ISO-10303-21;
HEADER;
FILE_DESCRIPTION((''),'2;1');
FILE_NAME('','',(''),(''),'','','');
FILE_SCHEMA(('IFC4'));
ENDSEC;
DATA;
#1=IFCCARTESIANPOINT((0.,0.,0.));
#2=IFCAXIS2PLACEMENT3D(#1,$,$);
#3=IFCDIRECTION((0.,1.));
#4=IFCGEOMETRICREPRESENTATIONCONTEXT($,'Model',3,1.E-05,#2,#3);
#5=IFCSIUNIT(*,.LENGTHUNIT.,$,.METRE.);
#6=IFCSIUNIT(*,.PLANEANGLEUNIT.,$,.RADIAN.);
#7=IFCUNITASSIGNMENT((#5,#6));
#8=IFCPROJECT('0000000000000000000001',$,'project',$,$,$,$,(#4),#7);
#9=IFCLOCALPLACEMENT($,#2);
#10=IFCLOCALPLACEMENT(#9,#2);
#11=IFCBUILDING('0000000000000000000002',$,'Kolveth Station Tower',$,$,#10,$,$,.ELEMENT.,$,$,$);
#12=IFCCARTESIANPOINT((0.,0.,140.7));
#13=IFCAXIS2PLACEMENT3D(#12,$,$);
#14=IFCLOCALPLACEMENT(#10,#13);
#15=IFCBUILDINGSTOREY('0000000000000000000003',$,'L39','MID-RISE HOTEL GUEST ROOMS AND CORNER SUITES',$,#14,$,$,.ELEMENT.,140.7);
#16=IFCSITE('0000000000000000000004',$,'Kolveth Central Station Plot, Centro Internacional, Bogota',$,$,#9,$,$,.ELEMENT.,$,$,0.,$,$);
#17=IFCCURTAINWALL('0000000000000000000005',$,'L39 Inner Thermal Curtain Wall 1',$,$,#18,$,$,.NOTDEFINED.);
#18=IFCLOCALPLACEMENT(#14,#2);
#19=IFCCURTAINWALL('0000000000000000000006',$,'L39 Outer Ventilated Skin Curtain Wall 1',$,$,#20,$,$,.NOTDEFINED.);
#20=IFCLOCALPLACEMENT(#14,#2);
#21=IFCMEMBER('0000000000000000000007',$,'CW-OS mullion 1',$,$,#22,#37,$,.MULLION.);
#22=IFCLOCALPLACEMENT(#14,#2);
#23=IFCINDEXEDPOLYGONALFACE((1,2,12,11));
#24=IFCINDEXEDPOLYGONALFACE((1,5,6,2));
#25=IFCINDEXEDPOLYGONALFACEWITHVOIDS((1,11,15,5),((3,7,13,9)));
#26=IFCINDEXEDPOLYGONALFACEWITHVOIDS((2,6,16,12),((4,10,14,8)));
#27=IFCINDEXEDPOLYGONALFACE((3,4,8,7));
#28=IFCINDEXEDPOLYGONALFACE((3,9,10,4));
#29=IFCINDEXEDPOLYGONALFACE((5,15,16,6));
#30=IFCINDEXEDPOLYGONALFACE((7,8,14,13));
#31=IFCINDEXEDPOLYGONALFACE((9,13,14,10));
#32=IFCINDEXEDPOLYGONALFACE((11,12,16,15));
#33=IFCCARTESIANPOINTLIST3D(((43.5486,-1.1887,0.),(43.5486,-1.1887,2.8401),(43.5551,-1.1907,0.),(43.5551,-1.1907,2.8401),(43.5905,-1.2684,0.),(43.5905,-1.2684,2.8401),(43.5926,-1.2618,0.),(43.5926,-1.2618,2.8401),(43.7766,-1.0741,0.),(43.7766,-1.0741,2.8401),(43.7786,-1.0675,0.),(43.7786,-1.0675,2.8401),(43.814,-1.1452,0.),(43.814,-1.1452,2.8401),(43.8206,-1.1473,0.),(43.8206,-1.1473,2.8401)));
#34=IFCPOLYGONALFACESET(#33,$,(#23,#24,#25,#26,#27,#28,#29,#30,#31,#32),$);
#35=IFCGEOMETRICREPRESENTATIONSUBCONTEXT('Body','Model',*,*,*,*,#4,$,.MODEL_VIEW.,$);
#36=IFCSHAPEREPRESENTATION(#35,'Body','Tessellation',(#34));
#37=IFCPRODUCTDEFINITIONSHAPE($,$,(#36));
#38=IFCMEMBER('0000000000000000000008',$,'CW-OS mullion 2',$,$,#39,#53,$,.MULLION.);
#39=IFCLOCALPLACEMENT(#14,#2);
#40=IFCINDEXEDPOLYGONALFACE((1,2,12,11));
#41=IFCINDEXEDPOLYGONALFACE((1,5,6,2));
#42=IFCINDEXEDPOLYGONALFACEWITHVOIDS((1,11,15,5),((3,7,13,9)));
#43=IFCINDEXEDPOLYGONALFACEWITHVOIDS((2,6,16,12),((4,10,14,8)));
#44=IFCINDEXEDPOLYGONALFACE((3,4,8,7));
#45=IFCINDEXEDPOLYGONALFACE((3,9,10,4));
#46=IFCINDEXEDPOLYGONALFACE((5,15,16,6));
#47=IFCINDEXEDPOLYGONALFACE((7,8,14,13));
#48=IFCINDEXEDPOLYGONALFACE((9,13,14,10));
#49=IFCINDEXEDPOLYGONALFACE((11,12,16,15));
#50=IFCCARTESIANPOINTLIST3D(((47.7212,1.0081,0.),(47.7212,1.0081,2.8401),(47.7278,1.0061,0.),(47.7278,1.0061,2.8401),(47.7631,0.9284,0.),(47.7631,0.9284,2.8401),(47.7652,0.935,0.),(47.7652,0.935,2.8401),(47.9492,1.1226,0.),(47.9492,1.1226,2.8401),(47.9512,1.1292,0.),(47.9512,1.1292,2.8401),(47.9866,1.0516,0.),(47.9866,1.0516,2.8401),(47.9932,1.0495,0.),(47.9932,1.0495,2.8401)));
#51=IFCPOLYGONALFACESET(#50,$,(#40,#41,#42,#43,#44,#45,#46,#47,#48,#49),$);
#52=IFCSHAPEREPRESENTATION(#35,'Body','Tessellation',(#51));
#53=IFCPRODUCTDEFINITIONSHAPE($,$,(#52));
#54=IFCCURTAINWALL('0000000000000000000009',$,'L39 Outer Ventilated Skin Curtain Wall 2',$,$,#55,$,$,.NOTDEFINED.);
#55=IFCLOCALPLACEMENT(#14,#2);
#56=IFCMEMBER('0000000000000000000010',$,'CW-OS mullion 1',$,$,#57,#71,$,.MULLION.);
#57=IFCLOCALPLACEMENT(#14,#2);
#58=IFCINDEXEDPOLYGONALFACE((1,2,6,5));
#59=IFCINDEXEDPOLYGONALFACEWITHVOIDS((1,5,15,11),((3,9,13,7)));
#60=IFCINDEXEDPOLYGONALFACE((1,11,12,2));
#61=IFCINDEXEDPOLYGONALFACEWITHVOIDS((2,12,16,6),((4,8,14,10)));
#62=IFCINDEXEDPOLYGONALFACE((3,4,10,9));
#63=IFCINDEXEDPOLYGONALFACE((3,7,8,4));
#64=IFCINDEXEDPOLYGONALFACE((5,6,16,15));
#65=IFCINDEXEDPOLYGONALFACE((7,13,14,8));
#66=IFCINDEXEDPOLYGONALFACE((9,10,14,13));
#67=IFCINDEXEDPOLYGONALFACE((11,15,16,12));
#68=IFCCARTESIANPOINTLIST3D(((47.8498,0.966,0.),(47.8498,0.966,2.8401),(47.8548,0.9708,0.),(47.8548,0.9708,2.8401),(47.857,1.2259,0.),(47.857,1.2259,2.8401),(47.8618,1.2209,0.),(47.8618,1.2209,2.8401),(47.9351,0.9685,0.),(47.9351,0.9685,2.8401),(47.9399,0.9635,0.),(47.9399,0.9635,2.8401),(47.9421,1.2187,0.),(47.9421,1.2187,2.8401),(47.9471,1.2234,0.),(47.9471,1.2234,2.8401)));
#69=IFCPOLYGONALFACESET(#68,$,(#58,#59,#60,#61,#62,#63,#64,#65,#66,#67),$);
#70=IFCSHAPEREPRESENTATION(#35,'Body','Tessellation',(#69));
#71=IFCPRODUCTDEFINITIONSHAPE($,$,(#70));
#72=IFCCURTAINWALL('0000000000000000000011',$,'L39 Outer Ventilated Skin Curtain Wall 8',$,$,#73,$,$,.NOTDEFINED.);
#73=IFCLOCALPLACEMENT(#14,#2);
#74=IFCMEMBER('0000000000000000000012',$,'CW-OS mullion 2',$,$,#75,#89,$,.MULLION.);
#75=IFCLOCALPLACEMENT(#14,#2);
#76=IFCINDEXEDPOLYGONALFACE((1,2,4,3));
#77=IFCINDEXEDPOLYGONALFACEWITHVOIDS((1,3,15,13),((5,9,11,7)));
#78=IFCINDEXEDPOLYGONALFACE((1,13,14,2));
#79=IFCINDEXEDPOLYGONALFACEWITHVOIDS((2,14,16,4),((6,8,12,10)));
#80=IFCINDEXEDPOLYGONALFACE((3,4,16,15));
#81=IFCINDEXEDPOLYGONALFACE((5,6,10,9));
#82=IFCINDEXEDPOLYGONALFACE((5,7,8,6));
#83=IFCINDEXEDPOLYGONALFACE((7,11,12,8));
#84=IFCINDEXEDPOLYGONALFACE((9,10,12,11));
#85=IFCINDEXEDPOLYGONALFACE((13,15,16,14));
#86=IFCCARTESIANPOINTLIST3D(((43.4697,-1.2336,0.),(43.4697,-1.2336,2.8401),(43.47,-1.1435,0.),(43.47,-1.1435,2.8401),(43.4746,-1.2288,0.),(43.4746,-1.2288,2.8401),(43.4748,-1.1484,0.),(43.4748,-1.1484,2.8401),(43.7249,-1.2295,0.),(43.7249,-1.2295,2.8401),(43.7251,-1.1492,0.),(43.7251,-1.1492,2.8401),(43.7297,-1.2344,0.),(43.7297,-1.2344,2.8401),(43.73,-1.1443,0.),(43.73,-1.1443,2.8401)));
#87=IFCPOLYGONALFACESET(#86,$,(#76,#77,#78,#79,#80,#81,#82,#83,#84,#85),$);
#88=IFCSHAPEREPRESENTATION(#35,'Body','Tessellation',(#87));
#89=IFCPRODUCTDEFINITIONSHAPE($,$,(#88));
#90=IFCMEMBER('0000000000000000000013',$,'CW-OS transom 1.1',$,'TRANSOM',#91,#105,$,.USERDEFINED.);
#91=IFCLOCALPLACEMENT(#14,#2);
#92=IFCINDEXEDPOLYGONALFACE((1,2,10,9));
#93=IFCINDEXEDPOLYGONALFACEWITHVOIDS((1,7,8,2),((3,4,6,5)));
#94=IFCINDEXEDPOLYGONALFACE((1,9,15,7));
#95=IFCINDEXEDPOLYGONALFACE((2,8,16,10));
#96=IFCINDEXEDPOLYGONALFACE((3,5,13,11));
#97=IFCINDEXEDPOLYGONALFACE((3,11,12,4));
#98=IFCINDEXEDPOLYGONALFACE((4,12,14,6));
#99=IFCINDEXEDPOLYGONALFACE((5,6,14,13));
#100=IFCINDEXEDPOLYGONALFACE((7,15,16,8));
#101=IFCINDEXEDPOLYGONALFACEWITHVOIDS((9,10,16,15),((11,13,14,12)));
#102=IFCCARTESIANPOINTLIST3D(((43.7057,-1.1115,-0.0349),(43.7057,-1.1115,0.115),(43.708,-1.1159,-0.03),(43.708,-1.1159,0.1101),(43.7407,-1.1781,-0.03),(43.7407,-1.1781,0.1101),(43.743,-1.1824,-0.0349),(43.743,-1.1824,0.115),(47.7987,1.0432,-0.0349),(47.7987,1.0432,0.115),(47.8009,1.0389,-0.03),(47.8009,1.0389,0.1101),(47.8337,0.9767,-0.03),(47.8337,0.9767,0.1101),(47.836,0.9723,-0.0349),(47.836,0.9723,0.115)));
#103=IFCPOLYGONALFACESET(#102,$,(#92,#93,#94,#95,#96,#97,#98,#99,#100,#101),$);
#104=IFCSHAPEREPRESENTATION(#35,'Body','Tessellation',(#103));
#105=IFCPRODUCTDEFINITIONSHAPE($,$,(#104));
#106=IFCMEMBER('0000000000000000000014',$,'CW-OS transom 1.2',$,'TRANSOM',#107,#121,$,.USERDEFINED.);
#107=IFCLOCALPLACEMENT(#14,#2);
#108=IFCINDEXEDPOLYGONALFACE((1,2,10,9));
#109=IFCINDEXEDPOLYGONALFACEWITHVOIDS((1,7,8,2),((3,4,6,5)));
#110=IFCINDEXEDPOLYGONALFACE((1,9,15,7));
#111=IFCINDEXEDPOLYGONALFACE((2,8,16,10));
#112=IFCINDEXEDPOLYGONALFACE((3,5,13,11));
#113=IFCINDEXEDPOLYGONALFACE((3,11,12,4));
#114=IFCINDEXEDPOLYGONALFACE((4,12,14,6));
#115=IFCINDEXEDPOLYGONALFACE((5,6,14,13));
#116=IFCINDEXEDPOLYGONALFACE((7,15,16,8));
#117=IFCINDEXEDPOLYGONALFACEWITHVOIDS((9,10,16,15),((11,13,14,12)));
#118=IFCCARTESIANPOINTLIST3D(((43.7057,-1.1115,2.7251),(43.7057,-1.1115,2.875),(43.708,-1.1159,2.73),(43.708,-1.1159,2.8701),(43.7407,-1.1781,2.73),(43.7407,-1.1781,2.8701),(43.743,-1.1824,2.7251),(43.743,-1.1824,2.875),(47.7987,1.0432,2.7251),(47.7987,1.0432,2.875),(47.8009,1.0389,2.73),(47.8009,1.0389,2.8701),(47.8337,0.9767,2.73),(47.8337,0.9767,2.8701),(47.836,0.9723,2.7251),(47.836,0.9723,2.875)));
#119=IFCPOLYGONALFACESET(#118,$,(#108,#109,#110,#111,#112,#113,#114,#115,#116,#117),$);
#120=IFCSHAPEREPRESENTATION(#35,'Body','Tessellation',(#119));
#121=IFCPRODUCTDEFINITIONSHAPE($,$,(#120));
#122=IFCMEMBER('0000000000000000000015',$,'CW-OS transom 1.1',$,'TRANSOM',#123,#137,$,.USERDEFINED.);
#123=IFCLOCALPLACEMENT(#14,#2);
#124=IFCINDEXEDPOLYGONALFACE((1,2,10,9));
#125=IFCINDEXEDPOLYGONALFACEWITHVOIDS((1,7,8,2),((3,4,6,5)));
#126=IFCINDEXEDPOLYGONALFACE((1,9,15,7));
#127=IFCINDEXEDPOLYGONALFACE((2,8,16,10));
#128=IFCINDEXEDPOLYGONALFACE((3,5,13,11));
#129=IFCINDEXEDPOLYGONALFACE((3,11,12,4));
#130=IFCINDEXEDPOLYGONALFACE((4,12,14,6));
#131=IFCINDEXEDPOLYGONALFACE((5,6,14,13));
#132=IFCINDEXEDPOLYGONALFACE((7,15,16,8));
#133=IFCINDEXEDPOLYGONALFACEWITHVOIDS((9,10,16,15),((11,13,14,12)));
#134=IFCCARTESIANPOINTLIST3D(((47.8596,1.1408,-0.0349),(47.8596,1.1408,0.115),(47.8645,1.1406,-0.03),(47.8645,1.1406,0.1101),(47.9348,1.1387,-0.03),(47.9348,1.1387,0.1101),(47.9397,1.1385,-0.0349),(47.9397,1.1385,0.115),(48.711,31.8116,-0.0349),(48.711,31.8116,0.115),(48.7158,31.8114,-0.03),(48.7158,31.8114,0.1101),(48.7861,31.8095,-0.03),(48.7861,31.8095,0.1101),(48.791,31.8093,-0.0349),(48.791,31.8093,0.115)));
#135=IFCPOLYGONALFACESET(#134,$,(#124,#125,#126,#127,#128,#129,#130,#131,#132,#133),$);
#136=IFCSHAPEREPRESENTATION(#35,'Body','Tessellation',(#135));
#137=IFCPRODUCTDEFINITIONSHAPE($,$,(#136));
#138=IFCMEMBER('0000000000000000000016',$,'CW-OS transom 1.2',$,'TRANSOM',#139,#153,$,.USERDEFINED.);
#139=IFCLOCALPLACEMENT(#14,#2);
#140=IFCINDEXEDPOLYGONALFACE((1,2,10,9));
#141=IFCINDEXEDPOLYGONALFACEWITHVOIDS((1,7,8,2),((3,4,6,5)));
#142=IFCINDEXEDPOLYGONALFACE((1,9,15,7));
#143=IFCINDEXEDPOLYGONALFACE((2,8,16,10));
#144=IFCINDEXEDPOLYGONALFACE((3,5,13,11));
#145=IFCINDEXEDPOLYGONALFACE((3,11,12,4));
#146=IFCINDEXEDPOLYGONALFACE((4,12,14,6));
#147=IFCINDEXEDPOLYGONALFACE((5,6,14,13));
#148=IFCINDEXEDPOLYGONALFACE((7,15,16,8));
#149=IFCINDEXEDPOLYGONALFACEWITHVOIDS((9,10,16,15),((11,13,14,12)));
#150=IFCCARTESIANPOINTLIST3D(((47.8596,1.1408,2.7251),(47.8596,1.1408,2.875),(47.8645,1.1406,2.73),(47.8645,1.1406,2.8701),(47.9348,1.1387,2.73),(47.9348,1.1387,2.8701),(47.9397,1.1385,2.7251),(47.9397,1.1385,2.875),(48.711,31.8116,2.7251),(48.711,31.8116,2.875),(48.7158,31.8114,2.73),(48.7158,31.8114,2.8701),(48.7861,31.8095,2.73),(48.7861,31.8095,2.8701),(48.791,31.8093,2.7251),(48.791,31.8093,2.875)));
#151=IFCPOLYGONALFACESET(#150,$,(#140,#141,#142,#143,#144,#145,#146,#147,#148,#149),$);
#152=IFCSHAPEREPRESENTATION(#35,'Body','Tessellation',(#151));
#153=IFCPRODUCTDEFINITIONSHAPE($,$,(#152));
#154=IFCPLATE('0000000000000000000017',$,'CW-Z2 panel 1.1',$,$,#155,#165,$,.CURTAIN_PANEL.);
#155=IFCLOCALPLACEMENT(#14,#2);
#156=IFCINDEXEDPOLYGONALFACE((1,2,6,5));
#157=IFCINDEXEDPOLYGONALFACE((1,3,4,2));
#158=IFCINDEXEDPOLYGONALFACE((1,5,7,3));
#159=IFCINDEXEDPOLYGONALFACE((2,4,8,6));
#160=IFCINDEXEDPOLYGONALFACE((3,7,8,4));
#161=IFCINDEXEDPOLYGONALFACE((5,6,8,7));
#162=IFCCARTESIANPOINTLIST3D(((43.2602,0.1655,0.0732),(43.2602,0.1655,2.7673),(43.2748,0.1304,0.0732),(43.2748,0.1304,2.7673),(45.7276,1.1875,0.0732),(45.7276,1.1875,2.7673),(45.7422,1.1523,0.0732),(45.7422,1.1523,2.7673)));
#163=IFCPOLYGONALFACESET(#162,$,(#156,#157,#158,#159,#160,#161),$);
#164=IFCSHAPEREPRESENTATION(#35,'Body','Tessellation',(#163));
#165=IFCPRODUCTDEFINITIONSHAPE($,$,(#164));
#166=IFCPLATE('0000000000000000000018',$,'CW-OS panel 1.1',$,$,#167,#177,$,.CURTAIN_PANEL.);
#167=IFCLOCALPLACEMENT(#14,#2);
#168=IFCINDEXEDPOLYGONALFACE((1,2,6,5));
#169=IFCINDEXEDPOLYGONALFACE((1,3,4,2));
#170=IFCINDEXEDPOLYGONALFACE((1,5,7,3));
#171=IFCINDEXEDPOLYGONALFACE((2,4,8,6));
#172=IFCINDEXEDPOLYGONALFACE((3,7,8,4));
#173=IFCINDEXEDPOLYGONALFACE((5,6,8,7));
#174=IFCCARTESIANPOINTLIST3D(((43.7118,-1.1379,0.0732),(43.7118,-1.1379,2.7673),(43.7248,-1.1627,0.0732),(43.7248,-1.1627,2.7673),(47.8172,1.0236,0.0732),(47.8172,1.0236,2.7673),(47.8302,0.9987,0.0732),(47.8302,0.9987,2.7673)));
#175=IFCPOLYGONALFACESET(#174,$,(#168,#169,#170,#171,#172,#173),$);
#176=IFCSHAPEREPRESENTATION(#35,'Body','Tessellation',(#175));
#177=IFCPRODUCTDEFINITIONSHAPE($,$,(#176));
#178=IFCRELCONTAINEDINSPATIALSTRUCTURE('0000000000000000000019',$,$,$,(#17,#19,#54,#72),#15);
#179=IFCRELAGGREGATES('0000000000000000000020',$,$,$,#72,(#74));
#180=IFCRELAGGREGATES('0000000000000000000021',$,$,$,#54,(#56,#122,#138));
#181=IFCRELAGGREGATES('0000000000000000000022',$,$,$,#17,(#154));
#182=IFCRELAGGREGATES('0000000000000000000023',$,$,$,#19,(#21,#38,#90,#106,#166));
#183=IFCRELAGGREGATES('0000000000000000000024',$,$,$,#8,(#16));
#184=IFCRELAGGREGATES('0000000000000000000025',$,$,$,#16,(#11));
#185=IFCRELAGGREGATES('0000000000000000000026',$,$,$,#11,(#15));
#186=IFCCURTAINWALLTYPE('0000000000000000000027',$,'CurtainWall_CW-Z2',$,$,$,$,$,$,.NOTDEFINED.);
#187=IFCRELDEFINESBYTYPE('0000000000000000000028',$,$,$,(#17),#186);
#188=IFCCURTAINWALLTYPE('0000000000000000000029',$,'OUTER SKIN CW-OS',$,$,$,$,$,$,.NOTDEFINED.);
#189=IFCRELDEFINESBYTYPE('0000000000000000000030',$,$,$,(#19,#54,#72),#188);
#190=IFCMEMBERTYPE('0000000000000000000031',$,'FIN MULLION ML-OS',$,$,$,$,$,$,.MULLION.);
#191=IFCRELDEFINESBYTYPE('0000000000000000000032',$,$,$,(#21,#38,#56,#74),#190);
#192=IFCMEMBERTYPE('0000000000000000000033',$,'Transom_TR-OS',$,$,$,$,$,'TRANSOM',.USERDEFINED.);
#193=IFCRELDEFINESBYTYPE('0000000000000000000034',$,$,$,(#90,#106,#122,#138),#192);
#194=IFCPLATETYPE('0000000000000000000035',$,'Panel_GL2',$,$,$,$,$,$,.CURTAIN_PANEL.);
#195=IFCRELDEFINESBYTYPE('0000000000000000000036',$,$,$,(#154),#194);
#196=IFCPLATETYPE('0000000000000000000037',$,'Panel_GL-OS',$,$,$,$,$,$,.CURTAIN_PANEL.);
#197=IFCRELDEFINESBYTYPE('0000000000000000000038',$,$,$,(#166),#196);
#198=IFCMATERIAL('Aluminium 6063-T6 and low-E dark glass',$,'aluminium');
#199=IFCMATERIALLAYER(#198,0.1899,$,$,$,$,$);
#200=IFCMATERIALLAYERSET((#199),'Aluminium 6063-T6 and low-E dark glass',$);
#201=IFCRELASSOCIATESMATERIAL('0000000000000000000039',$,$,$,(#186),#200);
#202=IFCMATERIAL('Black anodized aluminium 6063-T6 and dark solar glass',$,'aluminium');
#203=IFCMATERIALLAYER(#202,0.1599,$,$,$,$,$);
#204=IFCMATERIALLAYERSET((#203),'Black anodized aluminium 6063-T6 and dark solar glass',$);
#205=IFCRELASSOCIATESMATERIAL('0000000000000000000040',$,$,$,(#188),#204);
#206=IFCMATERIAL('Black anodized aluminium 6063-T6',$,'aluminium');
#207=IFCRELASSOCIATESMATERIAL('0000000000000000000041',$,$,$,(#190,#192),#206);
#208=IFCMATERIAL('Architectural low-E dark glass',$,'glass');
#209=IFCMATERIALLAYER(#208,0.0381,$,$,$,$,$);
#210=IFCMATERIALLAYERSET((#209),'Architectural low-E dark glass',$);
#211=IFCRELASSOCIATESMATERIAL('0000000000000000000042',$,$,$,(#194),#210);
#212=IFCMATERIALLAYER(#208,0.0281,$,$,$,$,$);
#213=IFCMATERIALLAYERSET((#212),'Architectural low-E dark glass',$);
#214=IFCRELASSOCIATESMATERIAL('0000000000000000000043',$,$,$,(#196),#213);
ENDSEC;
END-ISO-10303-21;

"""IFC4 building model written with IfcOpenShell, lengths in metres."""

from ifc_helpers import new_model, si_unit, direction, frame, origin, origin_2d, place, context, subcontext, project, spatial, rectangle, hollow_rectangle, extrude, source, transform, mapped, material, layer, layer_set, material_profile, profile_set, type_object, element, aggregate, save


model = new_model("IFC4")

# Units and contexts
model_context = context("Model", 3, precision=1e-05, world=origin(), true_north=direction((0.0, 1.0)))
body_context = subcontext(model_context, "Body", "Model", "MODEL_VIEW")
ifc_project = project(units=[si_unit("LENGTHUNIT", "METRE"), si_unit("PLANEANGLEUNIT", "RADIAN")], contexts=[model_context])

# Site, building, storey
site_placement = place(None, origin())
site = spatial("IfcSite", under=ifc_project, at=site_placement, Name="Kolveth Central Station Plot, Centro Internacional, Bogota", CompositionType="ELEMENT", RefElevation=0.0)
building_placement = place(site_placement, origin())
building = spatial("IfcBuilding", under=site, at=building_placement, Name="Kolveth Station Tower", CompositionType="ELEMENT")
storey_placement = place(building_placement, frame((0.0, 0.0, 140.7)))
storey = spatial("IfcBuildingStorey", under=building, at=storey_placement, Name="L39", Description="MID-RISE HOTEL GUEST ROOMS AND CORNER SUITES", CompositionType="ELEMENT", Elevation=140.7)

# Curtain wall
ifc_material_1 = material(Name="Aluminium 6063-T6 and low-E dark glass", Category="aluminium")
ifc_layer_1 = layer(ifc_material_1, 0.1899)
ifc_layer_set_1 = layer_set([ifc_layer_1], Name="Aluminium 6063-T6 and low-E dark glass")
curtain_wall_type_1 = type_object("IfcCurtainWallType", Name="CurtainWall_CW-Z2", PredefinedType="NOTDEFINED", material=ifc_layer_set_1)
curtain_wall_1_placement = place(storey_placement, origin())
curtain_wall_1 = element("IfcCurtainWall", 1, at=curtain_wall_1_placement, inside=storey, type_object=curtain_wall_type_1, Name="L39 Inner Thermal Curtain Wall 1", PredefinedType="NOTDEFINED")
ifc_material_2 = material(Name="Black anodized aluminium 6063-T6", Category="aluminium")

# Curtain wall, members
ifc_material_3 = material(Name="Black anodized aluminium 6063-T6 and dark solar glass", Category="aluminium")
ifc_layer_2 = layer(ifc_material_3, 0.1599)
ifc_layer_set_2 = layer_set([ifc_layer_2], Name="Black anodized aluminium 6063-T6 and dark solar glass")
curtain_wall_type_2 = type_object("IfcCurtainWallType", Name="OUTER SKIN CW-OS", PredefinedType="NOTDEFINED", material=ifc_layer_set_2)
curtain_wall_2_placement = place(storey_placement, origin())
curtain_wall_2 = element("IfcCurtainWall", 2, at=curtain_wall_2_placement, inside=storey, type_object=curtain_wall_type_2, Name="L39 Outer Ventilated Skin Curtain Wall 1", PredefinedType="NOTDEFINED")
ifc_material_profile_1 = material_profile(ifc_material_2, hollow_rectangle(XDim=0.0901, YDim=0.26, WallThickness=0.0049, at=origin_2d()), Name="ALU-90x260x5")
ifc_profile_set_1 = profile_set([ifc_material_profile_1], Name="Black anodized aluminium 6063-T6")
member_type_1 = type_object("IfcMemberType", Name="FIN MULLION ML-OS", PredefinedType="MULLION", material=ifc_profile_set_1)
shared_shape_1 = source(origin(), body_context, "Body", "SweptSolid", [
    extrude(hollow_rectangle(XDim=0.0901, YDim=0.26, WallThickness=0.0049, at=origin_2d()), origin(), (0.0, 0.0, 1.0), 2.8401),
])
member_1_placement = place(storey_placement, frame((43.6846, -1.168, 0.0), z_axis=(0.0, 0.0, 1.0), x_axis=(-0.465868, 0.884854, 0.0)))
member_1 = element("IfcMember", 3, at=member_1_placement, type_object=member_type_1, Name="CW-OS mullion 1", PredefinedType="MULLION", context=body_context, shape_type="MappedRepresentation", body=[
    mapped(shared_shape_1, transform((0.0, 0.0, 0.0), x_axis=(1.0, 0.0, 0.0), y_axis=(0.0, 1.0, 0.0), z_axis=(0.0, 0.0, 1.0), scale=1.0)),
])
member_2_placement = place(storey_placement, frame((47.8572, 1.0288, 0.0), z_axis=(0.0, 0.0, 1.0), x_axis=(-0.465868, 0.884854, 0.0)))
member_2 = element("IfcMember", 4, at=member_2_placement, type_object=member_type_1, Name="CW-OS mullion 2", PredefinedType="MULLION", context=body_context, shape_type="MappedRepresentation", body=[
    mapped(shared_shape_1, transform((0.0, 0.0, 0.0), x_axis=(1.0, 0.0, 0.0), y_axis=(0.0, 1.0, 0.0), z_axis=(0.0, 0.0, 1.0), scale=1.0)),
])

# Curtain walls, members
curtain_wall_3_placement = place(storey_placement, origin())
curtain_wall_3 = element("IfcCurtainWall", 5, at=curtain_wall_3_placement, inside=storey, type_object=curtain_wall_type_2, Name="L39 Outer Ventilated Skin Curtain Wall 2", PredefinedType="NOTDEFINED")
member_3_placement = place(storey_placement, frame((47.8984, 1.0947, 0.0), z_axis=(0.0, 0.0, 1.0), x_axis=(-0.999615, 0.027749, 0.0)))
member_3 = element("IfcMember", 6, at=member_3_placement, type_object=member_type_1, Name="CW-OS mullion 1", PredefinedType="MULLION", context=body_context, shape_type="MappedRepresentation", body=[
    mapped(shared_shape_1, transform((0.0, 0.0, 0.0), x_axis=(1.0, 0.0, 0.0), y_axis=(0.0, 1.0, 0.0), z_axis=(0.0, 0.0, 1.0), scale=1.0)),
])
curtain_wall_4_placement = place(storey_placement, origin())
curtain_wall_4 = element("IfcCurtainWall", 7, at=curtain_wall_4_placement, inside=storey, type_object=curtain_wall_type_2, Name="L39 Outer Ventilated Skin Curtain Wall 8", PredefinedType="NOTDEFINED")
member_4_placement = place(storey_placement, frame((43.5999, -1.189, 0.0), z_axis=(0.0, 0.0, 1.0), x_axis=(0.002885, 0.999996, 0.0)))
member_4 = element("IfcMember", 8, at=member_4_placement, type_object=member_type_1, Name="CW-OS mullion 2", PredefinedType="MULLION", context=body_context, shape_type="MappedRepresentation", body=[
    mapped(shared_shape_1, transform((0.0, 0.0, 0.0), x_axis=(1.0, 0.0, 0.0), y_axis=(0.0, 1.0, 0.0), z_axis=(0.0, 0.0, 1.0), scale=1.0)),
])
aggregate(curtain_wall_4, [member_4])

# Members
ifc_material_profile_2 = material_profile(ifc_material_2, hollow_rectangle(XDim=0.0801, YDim=0.1499, WallThickness=0.0049, at=origin_2d()), Name="ALU-80x150x5")
ifc_profile_set_2 = profile_set([ifc_material_profile_2], Name="Black anodized aluminium 6063-T6")
member_type_2 = type_object("IfcMemberType", Name="Transom_TR-OS", ElementType="TRANSOM", PredefinedType="USERDEFINED", material=ifc_profile_set_2)
shared_shape_2 = source(origin(), body_context, "Body", "SweptSolid", [
    extrude(hollow_rectangle(XDim=0.0801, YDim=0.1499, WallThickness=0.0049, at=origin_2d()), origin(), (0.0, 0.0, 1.0), 4.6255),
])
member_5_placement = place(storey_placement, frame((43.7244, -1.147, 0.04), z_axis=(0.884868, 0.465842, 0.0), x_axis=(-0.465842, 0.884868, 0.0)))
member_5 = element("IfcMember", 9, at=member_5_placement, type_object=member_type_2, Name="CW-OS transom 1.1", ObjectType="TRANSOM", PredefinedType="USERDEFINED", context=body_context, shape_type="MappedRepresentation", body=[
    mapped(shared_shape_2, transform((0.0, 0.0, 0.0), x_axis=(1.0, 0.0, 0.0), y_axis=(0.0, 1.0, 0.0), z_axis=(0.0, 0.0, 1.0), scale=1.0)),
])
member_6_placement = place(storey_placement, frame((43.7244, -1.147, 2.8), z_axis=(0.884868, 0.465842, 0.0), x_axis=(-0.465842, 0.884868, 0.0)))
member_6 = element("IfcMember", 10, at=member_6_placement, type_object=member_type_2, Name="CW-OS transom 1.2", ObjectType="TRANSOM", PredefinedType="USERDEFINED", context=body_context, shape_type="MappedRepresentation", body=[
    mapped(shared_shape_2, transform((0.0, 0.0, 0.0), x_axis=(1.0, 0.0, 0.0), y_axis=(0.0, 1.0, 0.0), z_axis=(0.0, 0.0, 1.0), scale=1.0)),
])
shared_shape_3 = source(origin(), body_context, "Body", "SweptSolid", [
    extrude(hollow_rectangle(XDim=0.0801, YDim=0.1499, WallThickness=0.0049, at=origin_2d()), origin(), (0.0, 0.0, 1.0), 30.6826),
])
member_7_placement = place(storey_placement, frame((47.8997, 1.1396, 0.04), z_axis=(0.027746, 0.999615, 0.0), x_axis=(-0.999615, 0.027746, 0.0)))
member_7 = element("IfcMember", 11, at=member_7_placement, type_object=member_type_2, Name="CW-OS transom 1.1", ObjectType="TRANSOM", PredefinedType="USERDEFINED", context=body_context, shape_type="MappedRepresentation", body=[
    mapped(shared_shape_3, transform((0.0, 0.0, 0.0), x_axis=(1.0, 0.0, 0.0), y_axis=(0.0, 1.0, 0.0), z_axis=(0.0, 0.0, 1.0), scale=1.0)),
])
member_8_placement = place(storey_placement, frame((47.8997, 1.1396, 2.8), z_axis=(0.027746, 0.999615, 0.0), x_axis=(-0.999615, 0.027746, 0.0)))
member_8 = element("IfcMember", 12, at=member_8_placement, type_object=member_type_2, Name="CW-OS transom 1.2", ObjectType="TRANSOM", PredefinedType="USERDEFINED", context=body_context, shape_type="MappedRepresentation", body=[
    mapped(shared_shape_3, transform((0.0, 0.0, 0.0), x_axis=(1.0, 0.0, 0.0), y_axis=(0.0, 1.0, 0.0), z_axis=(0.0, 0.0, 1.0), scale=1.0)),
])
aggregate(curtain_wall_3, [member_3, member_7, member_8])

# Plates
ifc_material_4 = material(Name="Architectural low-E dark glass", Category="glass")
ifc_layer_3 = layer(ifc_material_4, 0.0381)
ifc_layer_set_3 = layer_set([ifc_layer_3], Name="Architectural low-E dark glass")
plate_type_1 = type_object("IfcPlateType", Name="Panel_GL2", PredefinedType="CURTAIN_PANEL", material=ifc_layer_set_3)
shared_shape_4 = source(origin(), body_context, "Body", "SweptSolid", [
    extrude(rectangle(XDim=2.6707, YDim=0.0381, at=origin_2d()), origin(), (0.0, 0.0, 1.0), 2.6941),
])
plate_1_placement = place(storey_placement, frame((44.5012, 0.6589, 0.0732), z_axis=(0.0, 0.0, 1.0), x_axis=(0.923888, 0.382663, 0.0)))
plate_1 = element("IfcPlate", 13, at=plate_1_placement, type_object=plate_type_1, Name="CW-Z2 panel 1.1", PredefinedType="CURTAIN_PANEL", context=body_context, shape_type="MappedRepresentation", body=[
    mapped(shared_shape_4, transform((0.0, 0.0, 0.0), x_axis=(1.0, 0.0, 0.0), y_axis=(0.0, 1.0, 0.0), z_axis=(0.0, 0.0, 1.0), scale=1.0)),
])
aggregate(curtain_wall_1, [plate_1])
ifc_layer_4 = layer(ifc_material_4, 0.0281)
ifc_layer_set_4 = layer_set([ifc_layer_4], Name="Architectural low-E dark glass")
plate_type_2 = type_object("IfcPlateType", Name="Panel_GL-OS", PredefinedType="CURTAIN_PANEL", material=ifc_layer_set_4)
shared_shape_5 = source(origin(), body_context, "Body", "SweptSolid", [
    extrude(rectangle(XDim=4.6396, YDim=0.0281, at=origin_2d()), origin(), (0.0, 0.0, 1.0), 2.6941),
])
plate_2_placement = place(storey_placement, frame((45.771, -0.0696, 0.0732), z_axis=(0.0, 0.0, 1.0), x_axis=(0.884854, 0.465868, 0.0)))
plate_2 = element("IfcPlate", 14, at=plate_2_placement, type_object=plate_type_2, Name="CW-OS panel 1.1", PredefinedType="CURTAIN_PANEL", context=body_context, shape_type="MappedRepresentation", body=[
    mapped(shared_shape_5, transform((0.0, 0.0, 0.0), x_axis=(1.0, 0.0, 0.0), y_axis=(0.0, 1.0, 0.0), z_axis=(0.0, 0.0, 1.0), scale=1.0)),
])
aggregate(curtain_wall_2, [member_1, member_2, member_5, member_6, plate_2])

save(model, "model.ifc")
